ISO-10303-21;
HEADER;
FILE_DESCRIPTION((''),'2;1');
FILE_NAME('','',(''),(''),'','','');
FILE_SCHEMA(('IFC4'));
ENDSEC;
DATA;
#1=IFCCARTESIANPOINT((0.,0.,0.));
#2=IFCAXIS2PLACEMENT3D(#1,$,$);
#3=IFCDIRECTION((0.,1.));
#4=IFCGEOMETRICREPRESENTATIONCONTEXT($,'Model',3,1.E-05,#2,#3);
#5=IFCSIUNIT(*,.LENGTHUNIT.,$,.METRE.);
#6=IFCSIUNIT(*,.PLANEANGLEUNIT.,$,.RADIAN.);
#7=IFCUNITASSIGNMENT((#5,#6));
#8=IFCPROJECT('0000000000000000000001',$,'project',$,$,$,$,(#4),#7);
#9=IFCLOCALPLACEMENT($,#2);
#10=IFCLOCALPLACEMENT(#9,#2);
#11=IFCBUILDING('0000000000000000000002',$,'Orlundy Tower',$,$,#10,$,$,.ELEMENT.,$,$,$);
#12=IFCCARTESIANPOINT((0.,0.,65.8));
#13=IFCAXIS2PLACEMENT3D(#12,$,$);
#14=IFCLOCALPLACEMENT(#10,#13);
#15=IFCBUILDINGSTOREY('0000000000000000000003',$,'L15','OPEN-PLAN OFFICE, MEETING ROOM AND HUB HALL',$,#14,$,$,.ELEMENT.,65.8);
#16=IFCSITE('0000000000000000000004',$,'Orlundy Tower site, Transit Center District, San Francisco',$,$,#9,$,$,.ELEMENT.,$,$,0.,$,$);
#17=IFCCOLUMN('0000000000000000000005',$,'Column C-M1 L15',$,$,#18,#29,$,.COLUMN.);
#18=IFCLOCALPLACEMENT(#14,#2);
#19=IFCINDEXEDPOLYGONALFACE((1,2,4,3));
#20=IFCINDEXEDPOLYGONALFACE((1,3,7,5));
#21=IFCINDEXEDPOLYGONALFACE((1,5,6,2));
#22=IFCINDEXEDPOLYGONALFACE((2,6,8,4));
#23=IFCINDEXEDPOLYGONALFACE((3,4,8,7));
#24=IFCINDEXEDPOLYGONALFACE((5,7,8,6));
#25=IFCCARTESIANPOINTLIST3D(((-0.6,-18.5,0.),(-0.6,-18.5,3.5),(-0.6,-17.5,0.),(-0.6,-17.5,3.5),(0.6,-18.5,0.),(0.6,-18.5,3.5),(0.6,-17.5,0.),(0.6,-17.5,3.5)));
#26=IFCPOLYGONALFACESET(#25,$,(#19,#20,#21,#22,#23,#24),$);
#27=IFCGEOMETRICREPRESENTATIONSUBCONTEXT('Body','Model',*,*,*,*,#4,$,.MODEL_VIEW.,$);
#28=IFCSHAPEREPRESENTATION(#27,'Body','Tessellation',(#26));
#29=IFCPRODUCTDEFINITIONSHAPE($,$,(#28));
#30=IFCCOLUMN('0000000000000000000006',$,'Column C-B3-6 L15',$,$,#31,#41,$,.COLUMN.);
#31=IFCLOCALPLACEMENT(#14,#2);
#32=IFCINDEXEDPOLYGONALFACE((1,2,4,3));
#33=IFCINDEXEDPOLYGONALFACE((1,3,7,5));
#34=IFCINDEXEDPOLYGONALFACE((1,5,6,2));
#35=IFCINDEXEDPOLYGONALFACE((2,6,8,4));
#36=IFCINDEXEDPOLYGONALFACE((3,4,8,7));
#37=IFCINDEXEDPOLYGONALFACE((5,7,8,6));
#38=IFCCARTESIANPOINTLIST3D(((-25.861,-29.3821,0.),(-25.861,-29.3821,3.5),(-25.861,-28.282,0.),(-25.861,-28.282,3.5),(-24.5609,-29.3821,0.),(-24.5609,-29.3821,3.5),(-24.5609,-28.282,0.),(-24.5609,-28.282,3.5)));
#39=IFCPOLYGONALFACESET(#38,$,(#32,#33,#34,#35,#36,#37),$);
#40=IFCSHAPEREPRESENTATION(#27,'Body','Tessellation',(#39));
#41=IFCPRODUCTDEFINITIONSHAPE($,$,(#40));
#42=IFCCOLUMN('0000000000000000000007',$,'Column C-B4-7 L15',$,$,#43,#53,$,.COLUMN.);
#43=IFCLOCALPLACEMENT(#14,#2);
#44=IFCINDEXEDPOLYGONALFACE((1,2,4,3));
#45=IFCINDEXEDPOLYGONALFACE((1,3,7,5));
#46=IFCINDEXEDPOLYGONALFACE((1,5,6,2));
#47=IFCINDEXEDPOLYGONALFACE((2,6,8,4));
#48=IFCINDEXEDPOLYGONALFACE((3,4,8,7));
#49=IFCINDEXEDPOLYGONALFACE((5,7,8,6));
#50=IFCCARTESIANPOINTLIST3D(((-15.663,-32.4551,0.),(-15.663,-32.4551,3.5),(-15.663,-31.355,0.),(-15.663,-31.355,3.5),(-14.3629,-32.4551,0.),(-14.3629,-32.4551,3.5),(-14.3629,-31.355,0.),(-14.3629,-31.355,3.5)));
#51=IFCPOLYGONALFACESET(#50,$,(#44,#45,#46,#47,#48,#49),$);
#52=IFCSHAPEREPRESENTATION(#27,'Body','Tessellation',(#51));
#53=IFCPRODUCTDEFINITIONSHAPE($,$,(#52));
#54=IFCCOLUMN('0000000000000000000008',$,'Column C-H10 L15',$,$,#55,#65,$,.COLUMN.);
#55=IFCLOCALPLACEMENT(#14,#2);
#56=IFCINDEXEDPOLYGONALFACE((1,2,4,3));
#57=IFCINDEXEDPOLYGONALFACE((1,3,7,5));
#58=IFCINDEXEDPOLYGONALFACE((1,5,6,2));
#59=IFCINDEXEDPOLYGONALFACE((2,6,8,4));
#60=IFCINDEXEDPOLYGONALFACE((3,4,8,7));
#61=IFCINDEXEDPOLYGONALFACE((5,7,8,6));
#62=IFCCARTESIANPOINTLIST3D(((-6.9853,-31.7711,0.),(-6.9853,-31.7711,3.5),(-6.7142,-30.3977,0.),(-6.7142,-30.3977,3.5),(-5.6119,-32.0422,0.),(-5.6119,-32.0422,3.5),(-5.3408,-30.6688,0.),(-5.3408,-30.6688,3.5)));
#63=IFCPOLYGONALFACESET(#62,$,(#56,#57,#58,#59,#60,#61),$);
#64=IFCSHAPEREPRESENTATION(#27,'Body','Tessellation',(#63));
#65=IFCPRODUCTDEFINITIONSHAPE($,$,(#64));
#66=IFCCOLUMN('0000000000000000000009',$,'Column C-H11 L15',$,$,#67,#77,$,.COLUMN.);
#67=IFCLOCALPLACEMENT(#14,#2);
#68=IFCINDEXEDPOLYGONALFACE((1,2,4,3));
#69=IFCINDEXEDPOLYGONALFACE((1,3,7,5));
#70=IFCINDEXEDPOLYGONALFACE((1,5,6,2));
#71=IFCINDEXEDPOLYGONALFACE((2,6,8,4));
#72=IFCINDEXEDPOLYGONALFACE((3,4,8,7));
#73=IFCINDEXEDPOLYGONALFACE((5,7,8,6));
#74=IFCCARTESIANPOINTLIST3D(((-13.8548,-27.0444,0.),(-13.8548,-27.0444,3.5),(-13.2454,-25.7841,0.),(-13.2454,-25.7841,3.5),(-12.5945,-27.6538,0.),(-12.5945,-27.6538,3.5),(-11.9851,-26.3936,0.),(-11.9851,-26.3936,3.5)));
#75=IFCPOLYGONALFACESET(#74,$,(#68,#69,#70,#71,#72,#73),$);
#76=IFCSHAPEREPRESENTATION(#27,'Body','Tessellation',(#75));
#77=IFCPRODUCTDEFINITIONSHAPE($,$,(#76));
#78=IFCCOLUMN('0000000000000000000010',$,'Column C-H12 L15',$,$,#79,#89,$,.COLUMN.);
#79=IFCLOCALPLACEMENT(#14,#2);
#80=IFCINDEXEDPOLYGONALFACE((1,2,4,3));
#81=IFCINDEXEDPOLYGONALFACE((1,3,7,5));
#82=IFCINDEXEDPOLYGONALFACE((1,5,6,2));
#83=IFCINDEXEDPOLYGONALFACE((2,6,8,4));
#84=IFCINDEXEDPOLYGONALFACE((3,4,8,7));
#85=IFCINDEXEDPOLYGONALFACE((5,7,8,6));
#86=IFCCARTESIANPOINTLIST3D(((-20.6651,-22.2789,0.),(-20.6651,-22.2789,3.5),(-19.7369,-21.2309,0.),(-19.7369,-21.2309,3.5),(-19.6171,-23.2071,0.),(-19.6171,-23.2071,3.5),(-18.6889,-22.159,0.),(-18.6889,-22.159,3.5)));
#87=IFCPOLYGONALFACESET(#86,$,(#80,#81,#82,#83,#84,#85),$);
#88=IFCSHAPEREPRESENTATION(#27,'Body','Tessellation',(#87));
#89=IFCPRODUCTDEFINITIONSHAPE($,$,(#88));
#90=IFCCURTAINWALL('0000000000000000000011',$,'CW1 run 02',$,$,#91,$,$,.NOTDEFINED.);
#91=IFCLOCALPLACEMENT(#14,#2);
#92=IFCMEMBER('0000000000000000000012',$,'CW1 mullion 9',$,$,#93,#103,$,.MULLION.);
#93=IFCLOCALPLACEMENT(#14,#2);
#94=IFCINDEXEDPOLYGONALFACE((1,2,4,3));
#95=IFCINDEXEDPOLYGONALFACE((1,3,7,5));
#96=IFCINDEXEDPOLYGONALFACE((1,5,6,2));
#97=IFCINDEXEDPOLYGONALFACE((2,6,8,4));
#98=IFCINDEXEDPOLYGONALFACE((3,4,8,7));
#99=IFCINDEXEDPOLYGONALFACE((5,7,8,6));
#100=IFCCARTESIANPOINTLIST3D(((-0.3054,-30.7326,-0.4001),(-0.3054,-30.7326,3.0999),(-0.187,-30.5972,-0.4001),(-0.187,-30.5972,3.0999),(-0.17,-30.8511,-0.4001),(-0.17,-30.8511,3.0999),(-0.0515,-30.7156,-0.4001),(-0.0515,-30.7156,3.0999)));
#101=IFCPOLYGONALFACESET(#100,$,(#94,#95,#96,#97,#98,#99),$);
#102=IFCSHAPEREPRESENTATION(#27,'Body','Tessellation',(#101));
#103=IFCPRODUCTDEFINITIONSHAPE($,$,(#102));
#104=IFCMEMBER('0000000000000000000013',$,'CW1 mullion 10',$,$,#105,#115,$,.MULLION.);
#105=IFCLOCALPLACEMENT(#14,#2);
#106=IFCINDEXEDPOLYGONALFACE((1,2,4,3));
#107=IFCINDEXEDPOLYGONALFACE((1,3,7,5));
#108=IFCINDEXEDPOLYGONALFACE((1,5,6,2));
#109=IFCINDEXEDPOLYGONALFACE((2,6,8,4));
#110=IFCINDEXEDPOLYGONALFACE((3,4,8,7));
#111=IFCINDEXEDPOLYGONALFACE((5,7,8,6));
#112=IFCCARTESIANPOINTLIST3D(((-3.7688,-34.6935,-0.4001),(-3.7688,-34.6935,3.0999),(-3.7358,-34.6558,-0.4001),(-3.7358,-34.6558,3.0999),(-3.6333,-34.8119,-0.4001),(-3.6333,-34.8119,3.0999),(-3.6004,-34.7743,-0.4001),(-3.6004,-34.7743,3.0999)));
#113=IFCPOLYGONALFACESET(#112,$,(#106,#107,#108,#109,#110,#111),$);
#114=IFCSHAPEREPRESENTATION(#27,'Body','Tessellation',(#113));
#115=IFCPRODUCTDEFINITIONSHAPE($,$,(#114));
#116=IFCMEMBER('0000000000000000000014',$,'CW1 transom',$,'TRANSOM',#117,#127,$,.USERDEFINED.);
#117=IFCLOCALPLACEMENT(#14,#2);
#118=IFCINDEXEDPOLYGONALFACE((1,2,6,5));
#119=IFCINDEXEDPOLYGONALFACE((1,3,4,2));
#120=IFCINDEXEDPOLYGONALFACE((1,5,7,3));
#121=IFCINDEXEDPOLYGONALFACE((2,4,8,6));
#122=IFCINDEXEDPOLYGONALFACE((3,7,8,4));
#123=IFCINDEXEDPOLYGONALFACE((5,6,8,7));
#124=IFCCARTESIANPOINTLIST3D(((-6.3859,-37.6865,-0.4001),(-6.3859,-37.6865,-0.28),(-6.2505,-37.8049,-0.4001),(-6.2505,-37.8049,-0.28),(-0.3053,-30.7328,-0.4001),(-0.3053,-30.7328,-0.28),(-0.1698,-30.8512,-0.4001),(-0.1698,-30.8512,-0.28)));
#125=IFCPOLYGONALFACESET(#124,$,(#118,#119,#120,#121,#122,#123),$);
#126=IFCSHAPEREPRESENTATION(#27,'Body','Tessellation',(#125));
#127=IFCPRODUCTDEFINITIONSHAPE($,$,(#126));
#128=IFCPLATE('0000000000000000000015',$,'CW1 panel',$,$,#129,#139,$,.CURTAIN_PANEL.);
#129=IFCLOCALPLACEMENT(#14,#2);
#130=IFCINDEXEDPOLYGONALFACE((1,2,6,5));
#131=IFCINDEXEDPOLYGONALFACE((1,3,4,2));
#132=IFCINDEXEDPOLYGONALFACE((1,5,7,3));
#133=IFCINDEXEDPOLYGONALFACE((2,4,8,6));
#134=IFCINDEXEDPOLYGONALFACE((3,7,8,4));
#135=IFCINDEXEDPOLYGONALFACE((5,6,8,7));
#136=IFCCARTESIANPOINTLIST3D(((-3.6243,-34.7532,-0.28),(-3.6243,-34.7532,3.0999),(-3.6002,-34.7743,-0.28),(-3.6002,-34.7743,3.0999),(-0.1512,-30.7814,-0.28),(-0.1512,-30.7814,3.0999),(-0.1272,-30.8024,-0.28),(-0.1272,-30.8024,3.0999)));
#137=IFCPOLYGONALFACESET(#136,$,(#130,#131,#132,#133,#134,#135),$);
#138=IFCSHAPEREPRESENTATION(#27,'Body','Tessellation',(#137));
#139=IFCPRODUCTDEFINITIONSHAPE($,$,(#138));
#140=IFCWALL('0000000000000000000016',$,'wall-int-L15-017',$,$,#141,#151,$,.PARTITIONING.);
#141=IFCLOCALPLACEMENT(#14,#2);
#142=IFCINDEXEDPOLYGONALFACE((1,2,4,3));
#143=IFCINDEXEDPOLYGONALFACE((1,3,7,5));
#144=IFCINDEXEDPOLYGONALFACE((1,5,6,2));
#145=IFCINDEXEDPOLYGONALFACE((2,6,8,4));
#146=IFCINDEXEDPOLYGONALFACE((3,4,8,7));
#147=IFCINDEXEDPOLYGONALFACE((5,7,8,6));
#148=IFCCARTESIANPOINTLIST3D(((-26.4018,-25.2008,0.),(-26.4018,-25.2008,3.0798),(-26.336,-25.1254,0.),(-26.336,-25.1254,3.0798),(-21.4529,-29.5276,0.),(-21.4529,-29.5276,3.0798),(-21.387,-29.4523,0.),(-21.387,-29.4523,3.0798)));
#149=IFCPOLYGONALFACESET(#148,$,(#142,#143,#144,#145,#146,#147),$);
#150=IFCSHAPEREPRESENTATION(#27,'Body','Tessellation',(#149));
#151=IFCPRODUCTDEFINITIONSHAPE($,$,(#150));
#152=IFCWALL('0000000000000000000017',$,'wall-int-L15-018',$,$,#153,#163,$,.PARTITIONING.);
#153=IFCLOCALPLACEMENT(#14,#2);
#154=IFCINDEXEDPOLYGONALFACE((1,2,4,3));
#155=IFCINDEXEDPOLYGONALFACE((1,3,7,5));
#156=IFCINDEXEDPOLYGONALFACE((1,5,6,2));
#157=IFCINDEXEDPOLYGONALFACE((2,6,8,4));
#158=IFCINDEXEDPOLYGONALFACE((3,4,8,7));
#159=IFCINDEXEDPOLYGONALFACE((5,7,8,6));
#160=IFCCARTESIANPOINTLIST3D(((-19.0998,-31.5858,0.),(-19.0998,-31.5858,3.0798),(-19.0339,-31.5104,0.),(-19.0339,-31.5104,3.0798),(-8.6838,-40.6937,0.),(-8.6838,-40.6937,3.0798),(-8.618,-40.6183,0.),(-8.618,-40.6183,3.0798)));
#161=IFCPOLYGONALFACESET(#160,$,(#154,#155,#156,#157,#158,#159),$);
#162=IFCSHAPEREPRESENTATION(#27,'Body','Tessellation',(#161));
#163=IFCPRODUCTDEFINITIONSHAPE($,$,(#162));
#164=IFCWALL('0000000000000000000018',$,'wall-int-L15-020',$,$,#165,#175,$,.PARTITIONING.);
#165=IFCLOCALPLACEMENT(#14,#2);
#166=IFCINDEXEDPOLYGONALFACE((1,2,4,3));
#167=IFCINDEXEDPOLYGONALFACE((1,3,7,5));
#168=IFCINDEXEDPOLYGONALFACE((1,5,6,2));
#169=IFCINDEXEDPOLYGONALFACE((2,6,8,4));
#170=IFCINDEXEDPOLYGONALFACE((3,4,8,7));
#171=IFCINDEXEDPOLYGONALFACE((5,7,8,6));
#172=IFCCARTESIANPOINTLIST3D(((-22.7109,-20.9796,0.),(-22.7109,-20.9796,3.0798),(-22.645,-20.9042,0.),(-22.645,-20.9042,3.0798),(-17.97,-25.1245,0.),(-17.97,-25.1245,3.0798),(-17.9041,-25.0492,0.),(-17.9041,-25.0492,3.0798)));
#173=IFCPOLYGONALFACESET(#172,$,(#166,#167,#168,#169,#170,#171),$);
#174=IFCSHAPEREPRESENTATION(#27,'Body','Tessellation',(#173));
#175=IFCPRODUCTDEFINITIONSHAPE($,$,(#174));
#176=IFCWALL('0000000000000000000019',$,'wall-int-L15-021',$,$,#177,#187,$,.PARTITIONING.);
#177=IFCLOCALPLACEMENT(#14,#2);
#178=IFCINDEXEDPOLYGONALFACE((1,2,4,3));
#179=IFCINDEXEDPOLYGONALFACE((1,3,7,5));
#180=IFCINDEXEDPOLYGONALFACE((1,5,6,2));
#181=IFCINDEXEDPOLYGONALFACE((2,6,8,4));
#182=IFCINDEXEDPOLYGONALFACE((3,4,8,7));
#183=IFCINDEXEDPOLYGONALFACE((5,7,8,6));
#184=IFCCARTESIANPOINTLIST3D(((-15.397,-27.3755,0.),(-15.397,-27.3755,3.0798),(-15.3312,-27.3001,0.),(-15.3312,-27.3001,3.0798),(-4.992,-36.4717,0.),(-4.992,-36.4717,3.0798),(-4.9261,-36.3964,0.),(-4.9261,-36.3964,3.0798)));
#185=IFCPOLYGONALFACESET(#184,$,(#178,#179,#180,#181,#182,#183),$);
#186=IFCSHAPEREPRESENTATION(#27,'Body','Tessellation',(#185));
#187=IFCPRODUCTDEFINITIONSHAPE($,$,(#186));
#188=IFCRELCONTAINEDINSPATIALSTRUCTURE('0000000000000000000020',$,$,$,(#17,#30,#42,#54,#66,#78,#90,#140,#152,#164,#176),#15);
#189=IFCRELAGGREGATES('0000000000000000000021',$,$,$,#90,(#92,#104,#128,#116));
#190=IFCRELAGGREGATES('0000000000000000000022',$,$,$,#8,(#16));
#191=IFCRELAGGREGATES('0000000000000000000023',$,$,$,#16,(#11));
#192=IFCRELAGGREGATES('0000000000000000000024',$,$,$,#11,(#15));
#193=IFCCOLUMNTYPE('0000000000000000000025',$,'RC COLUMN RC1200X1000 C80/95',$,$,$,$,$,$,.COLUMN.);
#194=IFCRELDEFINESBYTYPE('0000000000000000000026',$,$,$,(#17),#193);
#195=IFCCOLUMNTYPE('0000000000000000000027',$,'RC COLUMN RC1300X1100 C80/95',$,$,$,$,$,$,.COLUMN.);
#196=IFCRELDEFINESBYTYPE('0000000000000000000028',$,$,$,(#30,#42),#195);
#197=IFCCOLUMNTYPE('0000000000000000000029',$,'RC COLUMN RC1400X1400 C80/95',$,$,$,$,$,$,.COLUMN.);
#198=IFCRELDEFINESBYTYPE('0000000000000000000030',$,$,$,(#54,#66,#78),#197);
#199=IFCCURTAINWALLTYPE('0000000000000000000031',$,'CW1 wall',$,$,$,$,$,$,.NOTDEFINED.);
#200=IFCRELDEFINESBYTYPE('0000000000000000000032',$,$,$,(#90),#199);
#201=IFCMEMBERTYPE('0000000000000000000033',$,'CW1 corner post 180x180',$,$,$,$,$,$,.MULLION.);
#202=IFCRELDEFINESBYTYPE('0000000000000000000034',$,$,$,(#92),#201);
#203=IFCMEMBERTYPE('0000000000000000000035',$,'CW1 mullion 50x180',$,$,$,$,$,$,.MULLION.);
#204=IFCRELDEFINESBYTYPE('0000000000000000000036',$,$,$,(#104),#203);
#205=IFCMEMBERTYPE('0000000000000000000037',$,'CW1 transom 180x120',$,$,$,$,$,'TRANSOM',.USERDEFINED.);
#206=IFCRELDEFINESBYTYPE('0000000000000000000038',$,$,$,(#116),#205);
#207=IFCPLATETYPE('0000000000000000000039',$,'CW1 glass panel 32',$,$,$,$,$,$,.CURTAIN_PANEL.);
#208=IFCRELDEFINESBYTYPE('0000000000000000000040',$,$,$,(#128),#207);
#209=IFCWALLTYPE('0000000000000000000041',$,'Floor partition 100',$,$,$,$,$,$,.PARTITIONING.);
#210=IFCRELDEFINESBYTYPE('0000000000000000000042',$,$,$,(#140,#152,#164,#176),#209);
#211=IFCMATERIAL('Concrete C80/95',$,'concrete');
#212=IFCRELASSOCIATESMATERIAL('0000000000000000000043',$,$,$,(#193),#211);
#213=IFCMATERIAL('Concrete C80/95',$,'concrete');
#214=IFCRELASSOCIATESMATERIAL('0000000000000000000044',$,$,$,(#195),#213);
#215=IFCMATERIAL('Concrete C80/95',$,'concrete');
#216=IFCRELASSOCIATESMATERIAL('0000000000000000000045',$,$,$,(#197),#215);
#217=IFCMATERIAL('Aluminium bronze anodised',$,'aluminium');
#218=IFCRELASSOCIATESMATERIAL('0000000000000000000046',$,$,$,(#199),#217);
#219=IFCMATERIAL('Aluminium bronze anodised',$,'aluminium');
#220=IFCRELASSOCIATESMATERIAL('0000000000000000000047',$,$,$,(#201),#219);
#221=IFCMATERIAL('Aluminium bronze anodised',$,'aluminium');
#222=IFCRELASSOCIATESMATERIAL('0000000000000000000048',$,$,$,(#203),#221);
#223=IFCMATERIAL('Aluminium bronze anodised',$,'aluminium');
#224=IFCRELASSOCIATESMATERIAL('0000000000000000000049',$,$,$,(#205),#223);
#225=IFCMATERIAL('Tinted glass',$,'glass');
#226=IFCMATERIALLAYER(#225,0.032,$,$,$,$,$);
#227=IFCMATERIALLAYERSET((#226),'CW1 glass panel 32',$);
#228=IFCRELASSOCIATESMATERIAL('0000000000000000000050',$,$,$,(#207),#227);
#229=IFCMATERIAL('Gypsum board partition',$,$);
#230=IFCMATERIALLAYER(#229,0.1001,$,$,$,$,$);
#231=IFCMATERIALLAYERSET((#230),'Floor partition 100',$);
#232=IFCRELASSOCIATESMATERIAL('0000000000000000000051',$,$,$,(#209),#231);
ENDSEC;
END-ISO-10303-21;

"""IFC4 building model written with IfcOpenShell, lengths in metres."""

from ifc_helpers import new_model, si_unit, direction, frame, frame_2d, origin, origin_2d, place, context, subcontext, project, spatial, rectangle, extrude, material, layer, layer_set, material_profile, profile_set, type_object, element, aggregate, save


model = new_model("IFC4")

# Units and contexts
model_context = context("Model", 3, precision=1e-05, world=origin(), true_north=direction((0.0, 1.0)))
body_context = subcontext(model_context, "Body", "Model", "MODEL_VIEW")
ifc_project = project(units=[si_unit("LENGTHUNIT", "METRE"), si_unit("PLANEANGLEUNIT", "RADIAN")], contexts=[model_context])

# Site, building, storey
site_placement = place(None, origin())
site = spatial("IfcSite", under=ifc_project, at=site_placement, Name="Orlundy Tower site, Transit Center District, San Francisco", CompositionType="ELEMENT", RefElevation=0.0)
building_placement = place(site_placement, origin())
building = spatial("IfcBuilding", under=site, at=building_placement, Name="Orlundy Tower", CompositionType="ELEMENT")
storey_placement = place(building_placement, frame((0.0, 0.0, 65.8)))
storey = spatial("IfcBuildingStorey", under=building, at=storey_placement, Name="L15", Description="OPEN-PLAN OFFICE, MEETING ROOM AND HUB HALL", CompositionType="ELEMENT", Elevation=65.8)

# Columns
ifc_material_1 = material(Name="Concrete C80/95", Category="concrete")
ifc_material_profile_1 = material_profile(ifc_material_1, rectangle(XDim=1.2, YDim=1.0, at=origin_2d()), Name="RC1200X1000")
ifc_profile_set_1 = profile_set([ifc_material_profile_1], Name="Concrete C80/95")
column_type_1 = type_object("IfcColumnType", Name="RC COLUMN RC1200X1000 C80/95", PredefinedType="COLUMN", material=ifc_profile_set_1)
column_placement = place(storey_placement, frame((0.0, -18.0, 0.0), z_axis=(0.0, 0.0, 1.0), x_axis=(1.0, 0.0, 0.0)))
element("IfcColumn", 1, at=column_placement, inside=storey, type_object=column_type_1, Name="Column C-M1 L15", PredefinedType="COLUMN", context=body_context, shape_type="SweptSolid", body=[
    extrude(rectangle(XDim=1.2, YDim=1.0, at=origin_2d()), origin(), (0.0, 0.0, 1.0), 3.5),
])
ifc_material_2 = material(Name="Concrete C80/95", Category="concrete")
ifc_material_profile_2 = material_profile(ifc_material_2, rectangle(XDim=1.3, YDim=1.1001, at=origin_2d()), Name="RC1300X1100")
ifc_profile_set_2 = profile_set([ifc_material_profile_2], Name="Concrete C80/95")
column_type_2 = type_object("IfcColumnType", Name="RC COLUMN RC1300X1100 C80/95", PredefinedType="COLUMN", material=ifc_profile_set_2)
for number, where, z_axis, x_axis, name in (
    (2, (-25.2109, -28.832, 0.0), (0.0, 0.0, 1.0), (1.0, 0.0, 0.0), "Column C-B3-6 L15"),
    (3, (-15.0129, -31.905, 0.0), (0.0, 0.0, 1.0), (1.0, 0.0, 0.0), "Column C-B4-7 L15"),
):
    element("IfcColumn", number, at=place(storey_placement, frame(where, z_axis=z_axis, x_axis=x_axis)), inside=storey, type_object=column_type_2, Name=name, PredefinedType="COLUMN", context=body_context, shape_type="SweptSolid", body=[
        extrude(rectangle(XDim=1.3, YDim=1.1001, at=origin_2d()), origin(), (0.0, 0.0, 1.0), 3.5),
    ])
ifc_material_3 = material(Name="Concrete C80/95", Category="concrete")
ifc_material_profile_3 = material_profile(ifc_material_3, rectangle(XDim=1.3999, YDim=1.3999, at=origin_2d()), Name="RC1400X1400")
ifc_profile_set_3 = profile_set([ifc_material_profile_3], Name="Concrete C80/95")
column_type_3 = type_object("IfcColumnType", Name="RC COLUMN RC1400X1400 C80/95", PredefinedType="COLUMN", material=ifc_profile_set_3)
for number, where, z_axis, x_axis, name in (
    (4, (-6.1631, -31.22, 0.0), (0.0, 0.0, 1.0), (-0.193669, -0.981067, 0.0), "Column C-H10 L15"),
    (5, (-12.9199, -26.719, 0.0), (0.0, 0.0, 1.0), (-0.435325, -0.900273, 0.0), "Column C-H11 L15"),
    (6, (-19.677, -22.219, 0.0), (0.0, 0.0, 1.0), (-0.662986, -0.748632, 0.0), "Column C-H12 L15"),
):
    element("IfcColumn", number, at=place(storey_placement, frame(where, z_axis=z_axis, x_axis=x_axis)), inside=storey, type_object=column_type_3, Name=name, PredefinedType="COLUMN", context=body_context, shape_type="SweptSolid", body=[
        extrude(rectangle(XDim=1.3999, YDim=1.3999, at=origin_2d()), origin(), (0.0, 0.0, 1.0), 3.5),
    ])

# Curtain wall, members, plate
ifc_material_4 = material(Name="Aluminium bronze anodised", Category="aluminium")
curtain_wall_type = type_object("IfcCurtainWallType", Name="CW1 wall", PredefinedType="NOTDEFINED", material=ifc_material_4)
curtain_wall_placement = place(storey_placement, origin())
curtain_wall = element("IfcCurtainWall", 7, at=curtain_wall_placement, inside=storey, type_object=curtain_wall_type, Name="CW1 run 02", PredefinedType="NOTDEFINED")
ifc_material_5 = material(Name="Aluminium bronze anodised", Category="aluminium")
ifc_material_profile_4 = material_profile(ifc_material_5, rectangle(XDim=0.1799, YDim=0.1799, at=origin_2d()), Name="CW1 corner post 180x180")
ifc_profile_set_4 = profile_set([ifc_material_profile_4], Name="Aluminium bronze anodised")
member_type_1 = type_object("IfcMemberType", Name="CW1 corner post 180x180", PredefinedType="MULLION", material=ifc_profile_set_4)
member_1_placement = place(storey_placement, frame((-0.1785, -30.7241, -0.4001), z_axis=(0.0, 0.0, 1.0), x_axis=(0.752792, -0.658259, 0.0)))
member_1 = element("IfcMember", 8, at=member_1_placement, type_object=member_type_1, Name="CW1 mullion 9", PredefinedType="MULLION", context=body_context, shape_type="SweptSolid", body=[
    extrude(rectangle(XDim=0.1799, YDim=0.1799, at=origin_2d()), origin(), (0.0, 0.0, 1.0), 3.5),
])
ifc_material_6 = material(Name="Aluminium bronze anodised", Category="aluminium")
ifc_material_profile_5 = material_profile(ifc_material_6, rectangle(XDim=0.1799, YDim=0.05, at=origin_2d()), Name="CW1 mullion 50x180")
ifc_profile_set_5 = profile_set([ifc_material_profile_5], Name="Aluminium bronze anodised")
member_type_2 = type_object("IfcMemberType", Name="CW1 mullion 50x180", PredefinedType="MULLION", material=ifc_profile_set_5)
member_2_placement = place(storey_placement, frame((-3.6846, -34.7339, -0.4001), z_axis=(0.0, 0.0, 1.0), x_axis=(0.752792, -0.658259, 0.0)))
member_2 = element("IfcMember", 9, at=member_2_placement, type_object=member_type_2, Name="CW1 mullion 10", PredefinedType="MULLION", context=body_context, shape_type="SweptSolid", body=[
    extrude(rectangle(XDim=0.1799, YDim=0.05, at=origin_2d()), origin(), (0.0, 0.0, 1.0), 3.5),
])
ifc_material_7 = material(Name="Aluminium bronze anodised", Category="aluminium")
ifc_material_profile_6 = material_profile(ifc_material_7, rectangle(XDim=0.1799, YDim=0.1201, at=origin_2d()), Name="CW1 transom 180x120")
ifc_profile_set_6 = profile_set([ifc_material_profile_6], Name="Aluminium bronze anodised")
member_type_3 = type_object("IfcMemberType", Name="CW1 transom 180x120", ElementType="TRANSOM", PredefinedType="USERDEFINED", material=ifc_profile_set_6)
member_3_placement = place(storey_placement, frame((-0.2375, -30.792, -0.3401), z_axis=(-0.658269, -0.752783, 0.0), x_axis=(0.752783, -0.658269, 0.0)))
member_3 = element("IfcMember", 10, at=member_3_placement, type_object=member_type_3, Name="CW1 transom", ObjectType="TRANSOM", PredefinedType="USERDEFINED", context=body_context, shape_type="SweptSolid", body=[
    extrude(rectangle(XDim=0.1799, YDim=0.1201, at=origin_2d()), origin(), (0.0, 0.0, 1.0), 9.2373),
])
ifc_material_8 = material(Name="Tinted glass", Category="glass")
ifc_layer_1 = layer(ifc_material_8, 0.032)
ifc_layer_set_1 = layer_set([ifc_layer_1], Name="CW1 glass panel 32")
plate_type = type_object("IfcPlateType", Name="CW1 glass panel 32", PredefinedType="CURTAIN_PANEL", material=ifc_layer_set_1)
plate_placement = place(storey_placement, frame((-1.8757, -32.7778, -0.28), z_axis=(0.0, 0.0, 1.0), x_axis=(-0.658259, -0.752792, 0.0)))
plate = element("IfcPlate", 11, at=plate_placement, type_object=plate_type, Name="CW1 panel", PredefinedType="CURTAIN_PANEL", context=body_context, shape_type="SweptSolid", body=[
    extrude(rectangle(XDim=5.2761, YDim=0.032, at=origin_2d()), origin(), (0.0, 0.0, 1.0), 3.3799),
])
aggregate(curtain_wall, [member_1, member_2, plate, member_3])

# Walls
ifc_material_9 = material(Name="Gypsum board partition")
ifc_layer_2 = layer(ifc_material_9, 0.1001)
ifc_layer_set_2 = layer_set([ifc_layer_2], Name="Floor partition 100")
wall_type_1 = type_object("IfcWallType", Name="Floor partition 100", PredefinedType="PARTITIONING", material=ifc_layer_set_2)
wall_1_placement = place(storey_placement, frame((-26.3689, -25.1631, 0.0), z_axis=(0.0, 0.0, 1.0), x_axis=(0.752837, -0.658207, 0.0)))
element("IfcWall", 12, at=wall_1_placement, inside=storey, type_object=wall_type_1, Name="wall-int-L15-017", PredefinedType="PARTITIONING", context=body_context, shape_type="SweptSolid", body=[
    extrude(rectangle(XDim=6.5737, YDim=0.1001, at=frame_2d((3.2869, 0.0))), origin(), (0.0, 0.0, 1.0), 3.0798),
])
wall_2_placement = place(storey_placement, frame((-19.0669, -31.5481, 0.0), z_axis=(0.0, 0.0, 1.0), x_axis=(0.752795, -0.658255, 0.0)))
element("IfcWall", 13, at=wall_2_placement, inside=storey, type_object=wall_type_1, Name="wall-int-L15-018", PredefinedType="PARTITIONING", context=body_context, shape_type="SweptSolid", body=[
    extrude(rectangle(XDim=13.8364, YDim=0.1001, at=frame_2d((6.9182, 0.0))), origin(), (0.0, 0.0, 1.0), 3.0798),
])
wall_3_placement = place(storey_placement, frame((-22.678, -20.9419, 0.0), z_axis=(0.0, 0.0, 1.0), x_axis=(0.752838, -0.658205, 0.0)))
element("IfcWall", 14, at=wall_3_placement, inside=storey, type_object=wall_type_1, Name="wall-int-L15-020", PredefinedType="PARTITIONING", context=body_context, shape_type="SweptSolid", body=[
    extrude(rectangle(XDim=6.2974, YDim=0.1001, at=frame_2d((3.1487, 0.0))), origin(), (0.0, 0.0, 1.0), 3.0798),
])
wall_4_placement = place(storey_placement, frame((-15.364, -27.3379, 0.0), z_axis=(0.0, 0.0, 1.0), x_axis=(0.752871, -0.658168, 0.0)))
element("IfcWall", 15, at=wall_4_placement, inside=storey, type_object=wall_type_1, Name="wall-int-L15-021", PredefinedType="PARTITIONING", context=body_context, shape_type="SweptSolid", body=[
    extrude(rectangle(XDim=13.8206, YDim=0.1001, at=frame_2d((6.9102, 0.0))), origin(), (0.0, 0.0, 1.0), 3.0798),
])

save(model, "model.ifc")
